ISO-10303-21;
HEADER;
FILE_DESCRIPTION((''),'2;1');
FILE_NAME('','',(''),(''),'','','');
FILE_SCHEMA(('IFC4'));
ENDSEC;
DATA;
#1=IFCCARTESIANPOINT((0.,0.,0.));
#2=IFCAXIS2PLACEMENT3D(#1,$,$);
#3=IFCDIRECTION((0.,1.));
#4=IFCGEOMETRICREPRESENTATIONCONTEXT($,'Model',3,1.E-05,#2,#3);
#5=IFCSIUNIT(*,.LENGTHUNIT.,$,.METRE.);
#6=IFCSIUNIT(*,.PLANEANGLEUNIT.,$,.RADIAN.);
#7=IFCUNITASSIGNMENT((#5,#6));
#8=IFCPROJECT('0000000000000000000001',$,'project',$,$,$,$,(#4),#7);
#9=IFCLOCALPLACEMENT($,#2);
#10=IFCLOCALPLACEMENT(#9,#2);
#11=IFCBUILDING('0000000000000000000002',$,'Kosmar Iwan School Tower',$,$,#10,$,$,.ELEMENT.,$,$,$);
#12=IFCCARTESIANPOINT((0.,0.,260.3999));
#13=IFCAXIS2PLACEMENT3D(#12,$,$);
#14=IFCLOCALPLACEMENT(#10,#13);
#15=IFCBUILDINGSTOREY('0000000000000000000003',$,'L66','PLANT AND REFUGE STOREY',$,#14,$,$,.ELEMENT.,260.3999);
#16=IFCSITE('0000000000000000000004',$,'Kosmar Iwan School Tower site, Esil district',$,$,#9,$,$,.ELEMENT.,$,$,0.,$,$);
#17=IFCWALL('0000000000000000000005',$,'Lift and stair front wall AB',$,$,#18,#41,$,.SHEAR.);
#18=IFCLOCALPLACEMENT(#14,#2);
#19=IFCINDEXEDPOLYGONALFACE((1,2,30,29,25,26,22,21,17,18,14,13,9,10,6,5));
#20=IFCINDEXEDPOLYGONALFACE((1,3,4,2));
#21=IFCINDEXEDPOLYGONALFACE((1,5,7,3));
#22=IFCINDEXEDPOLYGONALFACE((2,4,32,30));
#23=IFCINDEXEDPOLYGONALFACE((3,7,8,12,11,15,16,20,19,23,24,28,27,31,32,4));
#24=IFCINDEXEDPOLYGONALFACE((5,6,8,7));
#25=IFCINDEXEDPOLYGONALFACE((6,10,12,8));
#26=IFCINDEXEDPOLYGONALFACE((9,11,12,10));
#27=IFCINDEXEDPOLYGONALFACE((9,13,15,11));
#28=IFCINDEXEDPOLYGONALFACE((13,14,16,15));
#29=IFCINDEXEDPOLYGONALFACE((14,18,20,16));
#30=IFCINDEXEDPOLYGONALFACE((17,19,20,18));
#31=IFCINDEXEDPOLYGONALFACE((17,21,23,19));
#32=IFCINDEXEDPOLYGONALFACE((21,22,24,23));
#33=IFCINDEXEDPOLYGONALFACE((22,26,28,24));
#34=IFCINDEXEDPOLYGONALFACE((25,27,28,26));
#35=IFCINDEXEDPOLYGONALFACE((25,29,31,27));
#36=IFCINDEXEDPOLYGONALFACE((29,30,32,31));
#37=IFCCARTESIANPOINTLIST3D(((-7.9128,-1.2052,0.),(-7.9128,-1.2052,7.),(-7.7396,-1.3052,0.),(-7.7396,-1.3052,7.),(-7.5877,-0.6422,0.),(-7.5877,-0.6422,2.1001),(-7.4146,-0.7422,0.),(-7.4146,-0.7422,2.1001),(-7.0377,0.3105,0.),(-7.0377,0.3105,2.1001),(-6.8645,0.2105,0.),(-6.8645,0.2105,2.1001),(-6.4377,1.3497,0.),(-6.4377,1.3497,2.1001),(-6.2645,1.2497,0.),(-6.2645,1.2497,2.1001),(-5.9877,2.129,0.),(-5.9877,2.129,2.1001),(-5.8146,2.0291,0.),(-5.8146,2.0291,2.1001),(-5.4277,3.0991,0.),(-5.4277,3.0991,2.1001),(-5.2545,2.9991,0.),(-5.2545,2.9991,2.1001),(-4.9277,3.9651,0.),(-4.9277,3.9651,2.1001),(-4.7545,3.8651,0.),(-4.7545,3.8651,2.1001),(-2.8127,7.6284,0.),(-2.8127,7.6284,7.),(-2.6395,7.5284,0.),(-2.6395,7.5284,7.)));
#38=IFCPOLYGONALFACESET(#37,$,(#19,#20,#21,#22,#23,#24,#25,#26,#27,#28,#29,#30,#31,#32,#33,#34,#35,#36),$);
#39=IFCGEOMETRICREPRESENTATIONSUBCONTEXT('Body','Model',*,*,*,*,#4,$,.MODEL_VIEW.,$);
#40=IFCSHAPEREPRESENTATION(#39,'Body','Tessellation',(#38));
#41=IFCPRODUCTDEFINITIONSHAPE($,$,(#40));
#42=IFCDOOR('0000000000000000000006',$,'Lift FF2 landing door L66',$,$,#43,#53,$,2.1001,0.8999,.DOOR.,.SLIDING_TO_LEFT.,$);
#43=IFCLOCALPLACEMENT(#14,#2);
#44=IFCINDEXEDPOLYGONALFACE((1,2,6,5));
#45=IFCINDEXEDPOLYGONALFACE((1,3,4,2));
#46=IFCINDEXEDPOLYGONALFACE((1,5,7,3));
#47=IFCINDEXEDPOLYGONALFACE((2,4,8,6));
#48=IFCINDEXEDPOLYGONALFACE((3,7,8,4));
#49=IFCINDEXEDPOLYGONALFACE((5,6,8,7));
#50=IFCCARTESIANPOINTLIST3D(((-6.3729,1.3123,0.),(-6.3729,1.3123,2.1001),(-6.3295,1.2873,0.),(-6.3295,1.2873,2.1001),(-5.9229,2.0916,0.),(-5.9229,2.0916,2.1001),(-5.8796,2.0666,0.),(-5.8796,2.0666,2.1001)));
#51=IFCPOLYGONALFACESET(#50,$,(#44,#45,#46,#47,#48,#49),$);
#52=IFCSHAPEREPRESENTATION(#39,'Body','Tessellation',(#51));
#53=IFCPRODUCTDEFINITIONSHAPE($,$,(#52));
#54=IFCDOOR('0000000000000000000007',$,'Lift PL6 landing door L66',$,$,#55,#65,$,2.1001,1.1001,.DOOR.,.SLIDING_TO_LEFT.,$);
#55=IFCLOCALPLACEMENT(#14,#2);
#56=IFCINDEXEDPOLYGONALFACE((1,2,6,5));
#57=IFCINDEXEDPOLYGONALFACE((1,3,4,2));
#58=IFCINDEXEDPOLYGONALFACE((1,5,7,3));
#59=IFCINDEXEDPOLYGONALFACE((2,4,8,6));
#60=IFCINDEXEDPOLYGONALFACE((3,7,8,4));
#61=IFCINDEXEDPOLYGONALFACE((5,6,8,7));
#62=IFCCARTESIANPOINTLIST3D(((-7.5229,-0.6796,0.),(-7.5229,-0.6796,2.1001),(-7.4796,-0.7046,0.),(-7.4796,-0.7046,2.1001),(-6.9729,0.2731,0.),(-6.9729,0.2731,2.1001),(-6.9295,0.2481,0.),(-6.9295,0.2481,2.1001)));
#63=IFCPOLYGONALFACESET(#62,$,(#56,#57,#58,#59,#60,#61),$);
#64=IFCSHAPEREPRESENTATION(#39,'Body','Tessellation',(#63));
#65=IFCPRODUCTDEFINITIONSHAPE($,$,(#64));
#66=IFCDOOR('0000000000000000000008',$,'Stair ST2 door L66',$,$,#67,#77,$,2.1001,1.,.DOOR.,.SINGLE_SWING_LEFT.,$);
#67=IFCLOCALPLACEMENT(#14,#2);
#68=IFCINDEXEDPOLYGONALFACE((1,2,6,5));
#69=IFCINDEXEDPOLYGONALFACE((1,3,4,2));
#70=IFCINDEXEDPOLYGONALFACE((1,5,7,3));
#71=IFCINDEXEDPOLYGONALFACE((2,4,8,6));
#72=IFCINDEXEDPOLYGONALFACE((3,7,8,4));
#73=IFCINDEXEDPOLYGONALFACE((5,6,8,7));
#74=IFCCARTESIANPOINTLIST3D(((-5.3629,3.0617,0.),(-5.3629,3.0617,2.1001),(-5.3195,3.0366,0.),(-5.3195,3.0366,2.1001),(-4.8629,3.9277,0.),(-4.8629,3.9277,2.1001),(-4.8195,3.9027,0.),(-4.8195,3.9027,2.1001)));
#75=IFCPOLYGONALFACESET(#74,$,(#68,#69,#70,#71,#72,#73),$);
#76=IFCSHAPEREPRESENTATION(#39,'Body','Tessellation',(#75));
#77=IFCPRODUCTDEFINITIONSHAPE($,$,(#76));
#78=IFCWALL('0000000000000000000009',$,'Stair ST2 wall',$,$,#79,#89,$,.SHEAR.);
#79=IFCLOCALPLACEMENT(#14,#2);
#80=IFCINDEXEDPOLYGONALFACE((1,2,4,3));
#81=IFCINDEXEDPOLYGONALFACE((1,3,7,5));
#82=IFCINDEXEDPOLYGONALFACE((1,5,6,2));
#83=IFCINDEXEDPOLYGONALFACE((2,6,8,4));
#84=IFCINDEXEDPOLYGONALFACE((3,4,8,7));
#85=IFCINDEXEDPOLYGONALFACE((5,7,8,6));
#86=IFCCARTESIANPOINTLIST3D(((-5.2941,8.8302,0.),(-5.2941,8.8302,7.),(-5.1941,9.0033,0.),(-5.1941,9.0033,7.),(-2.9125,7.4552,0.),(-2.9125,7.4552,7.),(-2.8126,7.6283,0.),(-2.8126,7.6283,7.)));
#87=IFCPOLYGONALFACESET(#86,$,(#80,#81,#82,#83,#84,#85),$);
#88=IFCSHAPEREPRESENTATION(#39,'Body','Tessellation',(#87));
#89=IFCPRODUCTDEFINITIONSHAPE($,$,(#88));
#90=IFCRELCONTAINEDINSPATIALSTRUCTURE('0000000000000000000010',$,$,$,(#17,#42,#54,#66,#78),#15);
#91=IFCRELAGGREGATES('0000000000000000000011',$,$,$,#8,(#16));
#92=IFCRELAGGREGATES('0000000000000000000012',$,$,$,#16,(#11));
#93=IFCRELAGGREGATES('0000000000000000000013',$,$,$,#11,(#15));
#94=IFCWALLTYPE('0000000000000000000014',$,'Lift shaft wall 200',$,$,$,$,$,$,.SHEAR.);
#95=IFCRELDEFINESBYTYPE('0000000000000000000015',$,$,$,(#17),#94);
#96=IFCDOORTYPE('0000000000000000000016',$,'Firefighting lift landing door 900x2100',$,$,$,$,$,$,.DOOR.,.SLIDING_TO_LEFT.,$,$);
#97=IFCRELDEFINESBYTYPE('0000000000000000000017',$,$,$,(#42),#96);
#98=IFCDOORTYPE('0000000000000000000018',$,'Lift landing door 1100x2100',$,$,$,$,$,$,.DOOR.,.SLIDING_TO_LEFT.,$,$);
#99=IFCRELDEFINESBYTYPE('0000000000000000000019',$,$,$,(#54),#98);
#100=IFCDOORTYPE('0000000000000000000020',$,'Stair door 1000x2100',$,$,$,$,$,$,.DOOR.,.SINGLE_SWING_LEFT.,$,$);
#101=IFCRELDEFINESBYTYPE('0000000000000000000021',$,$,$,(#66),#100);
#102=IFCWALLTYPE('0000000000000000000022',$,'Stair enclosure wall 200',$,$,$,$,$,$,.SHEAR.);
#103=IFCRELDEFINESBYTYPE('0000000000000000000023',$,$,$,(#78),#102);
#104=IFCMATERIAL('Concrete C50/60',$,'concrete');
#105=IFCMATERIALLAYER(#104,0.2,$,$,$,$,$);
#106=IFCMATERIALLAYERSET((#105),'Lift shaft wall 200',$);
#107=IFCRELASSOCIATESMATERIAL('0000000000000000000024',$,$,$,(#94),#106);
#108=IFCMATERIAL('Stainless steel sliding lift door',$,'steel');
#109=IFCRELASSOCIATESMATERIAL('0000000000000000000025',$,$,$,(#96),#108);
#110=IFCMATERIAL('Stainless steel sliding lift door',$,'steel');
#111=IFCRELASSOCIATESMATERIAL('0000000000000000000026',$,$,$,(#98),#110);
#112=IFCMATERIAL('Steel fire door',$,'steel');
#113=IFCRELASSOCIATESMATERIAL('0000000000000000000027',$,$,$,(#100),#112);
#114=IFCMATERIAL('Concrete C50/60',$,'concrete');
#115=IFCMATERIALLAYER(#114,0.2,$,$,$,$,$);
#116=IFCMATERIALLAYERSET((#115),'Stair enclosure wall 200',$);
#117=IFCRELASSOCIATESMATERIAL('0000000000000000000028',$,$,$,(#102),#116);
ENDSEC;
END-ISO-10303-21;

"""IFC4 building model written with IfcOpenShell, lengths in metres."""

from ifc_helpers import new_model, si_unit, direction, frame, frame_2d, origin, place, context, subcontext, project, spatial, rectangle, extrude, material, layer, layer_set, type_object, element, fill, save


model = new_model("IFC4")

# Units and contexts
model_context = context("Model", 3, precision=1e-05, world=origin(), true_north=direction((0.0, 1.0)))
body_context = subcontext(model_context, "Body", "Model", "MODEL_VIEW")
ifc_project = project(units=[si_unit("LENGTHUNIT", "METRE"), si_unit("PLANEANGLEUNIT", "RADIAN")], contexts=[model_context])

# Site, building, storey
site_placement = place(None, origin())
site = spatial("IfcSite", under=ifc_project, at=site_placement, Name="Kosmar Iwan School Tower site, Esil district", CompositionType="ELEMENT", RefElevation=0.0)
building_placement = place(site_placement, origin())
building = spatial("IfcBuilding", under=site, at=building_placement, Name="Kosmar Iwan School Tower", CompositionType="ELEMENT")
storey_placement = place(building_placement, frame((0.0, 0.0, 260.3999)))
storey = spatial("IfcBuildingStorey", under=building, at=storey_placement, Name="L66", Description="PLANT AND REFUGE STOREY", CompositionType="ELEMENT", Elevation=260.3999)

# Wall, openings, doors
ifc_material_1 = material(Name="Concrete C50/60", Category="concrete")
ifc_layer_1 = layer(ifc_material_1, 0.2)
ifc_layer_set_1 = layer_set([ifc_layer_1], Name="Lift shaft wall 200")
wall_type_1 = type_object("IfcWallType", Name="Lift shaft wall 200", PredefinedType="SHEAR", material=ifc_layer_set_1)
wall_1_placement = place(storey_placement, frame((-2.7261, 7.5784, 0.0), z_axis=(0.0, 0.0, 1.0), x_axis=(-0.500006, -0.866022, 0.0)))
wall_1 = element("IfcWall", 1, at=wall_1_placement, inside=storey, type_object=wall_type_1, Name="Lift and stair front wall AB", PredefinedType="SHEAR", context=body_context, shape_type="SweptSolid", body=[
    extrude(rectangle(XDim=10.2002, YDim=0.2, at=frame_2d((5.1001, 0.0))), origin(), (0.0, 0.0, 1.0), 7.0),
])
opening_1_placement = place(wall_1_placement, frame((6.3501, 0.0, 0.0)))
opening_1 = element("IfcOpeningElement", 2, at=opening_1_placement, cuts=wall_1, PredefinedType="OPENING", context=body_context, shape_type="SweptSolid", body=[
    extrude(rectangle(XDim=0.8999, YDim=2.1001, at=frame_2d((0.45, 1.05))), frame((0.0, 0.1121, 0.0), z_axis=(0.0, -1.0, 0.0), x_axis=(1.0, 0.0, 0.0)), (0.0, 0.0, 1.0), 0.2239),
])
opening_2_placement = place(wall_1_placement, frame((8.45, 0.0, 0.0)))
opening_2 = element("IfcOpeningElement", 3, at=opening_2_placement, cuts=wall_1, PredefinedType="OPENING", context=body_context, shape_type="SweptSolid", body=[
    extrude(rectangle(XDim=1.1001, YDim=2.1001, at=frame_2d((0.55, 1.05))), frame((0.0, 0.1121, 0.0), z_axis=(0.0, -1.0, 0.0), x_axis=(1.0, 0.0, 0.0)), (0.0, 0.0, 1.0), 0.2239),
])
opening_3_placement = place(wall_1_placement, frame((4.23, 0.0, 0.0)))
opening_3 = element("IfcOpeningElement", 4, at=opening_3_placement, cuts=wall_1, PredefinedType="OPENING", context=body_context, shape_type="SweptSolid", body=[
    extrude(rectangle(XDim=1.0, YDim=2.1001, at=frame_2d((0.5, 1.05))), frame((0.0, 0.1121, 0.0), z_axis=(0.0, -1.0, 0.0), x_axis=(1.0, 0.0, 0.0)), (0.0, 0.0, 1.0), 0.2239),
])
ifc_material_2 = material(Name="Stainless steel sliding lift door", Category="steel")
door_type_1 = type_object("IfcDoorType", Name="Firefighting lift landing door 900x2100", OperationType="SLIDING_TO_LEFT", PredefinedType="DOOR", material=ifc_material_2)
door_1_placement = place(opening_1_placement, origin())
door_1 = element("IfcDoor", 5, at=door_1_placement, inside=storey, type_object=door_type_1, Name="Lift FF2 landing door L66", OperationType="SLIDING_TO_LEFT", OverallHeight=2.1001, OverallWidth=0.8999, PredefinedType="DOOR", context=body_context, shape_type="SweptSolid", body=[
    extrude(rectangle(XDim=0.8999, YDim=2.1001, at=frame_2d((0.45, 1.05))), frame((0.0, 0.0249, 0.0), z_axis=(0.0, -1.0, 0.0), x_axis=(1.0, 0.0, 0.0)), (0.0, 0.0, 1.0), 0.05),
])
fill(opening_1, door_1)
ifc_material_3 = material(Name="Stainless steel sliding lift door", Category="steel")
door_type_2 = type_object("IfcDoorType", Name="Lift landing door 1100x2100", OperationType="SLIDING_TO_LEFT", PredefinedType="DOOR", material=ifc_material_3)
door_2_placement = place(opening_2_placement, origin())
door_2 = element("IfcDoor", 6, at=door_2_placement, inside=storey, type_object=door_type_2, Name="Lift PL6 landing door L66", OperationType="SLIDING_TO_LEFT", OverallHeight=2.1001, OverallWidth=1.1001, PredefinedType="DOOR", context=body_context, shape_type="SweptSolid", body=[
    extrude(rectangle(XDim=1.1001, YDim=2.1001, at=frame_2d((0.55, 1.05))), frame((0.0, 0.0249, 0.0), z_axis=(0.0, -1.0, 0.0), x_axis=(1.0, 0.0, 0.0)), (0.0, 0.0, 1.0), 0.05),
])
fill(opening_2, door_2)
ifc_material_4 = material(Name="Steel fire door", Category="steel")
door_type_3 = type_object("IfcDoorType", Name="Stair door 1000x2100", OperationType="SINGLE_SWING_LEFT", PredefinedType="DOOR", material=ifc_material_4)
door_3_placement = place(opening_3_placement, origin())
door_3 = element("IfcDoor", 7, at=door_3_placement, inside=storey, type_object=door_type_3, Name="Stair ST2 door L66", OperationType="SINGLE_SWING_LEFT", OverallHeight=2.1001, OverallWidth=1.0, PredefinedType="DOOR", context=body_context, shape_type="SweptSolid", body=[
    extrude(rectangle(XDim=1.0, YDim=2.1001, at=frame_2d((0.5, 1.05))), frame((0.0, 0.0249, 0.0), z_axis=(0.0, -1.0, 0.0), x_axis=(1.0, 0.0, 0.0)), (0.0, 0.0, 1.0), 0.05),
])
fill(opening_3, door_3)

# Wall
ifc_material_5 = material(Name="Concrete C50/60", Category="concrete")
ifc_layer_2 = layer(ifc_material_5, 0.2)
ifc_layer_set_2 = layer_set([ifc_layer_2], Name="Stair enclosure wall 200")
wall_type_2 = type_object("IfcWallType", Name="Stair enclosure wall 200", PredefinedType="SHEAR", material=ifc_layer_set_2)
wall_2_placement = place(storey_placement, frame((-2.8625, 7.5417, 0.0), z_axis=(0.0, 0.0, 1.0), x_axis=(-0.866027, 0.499997, 0.0)))
element("IfcWall", 8, at=wall_2_placement, inside=storey, type_object=wall_type_2, Name="Stair ST2 wall", PredefinedType="SHEAR", context=body_context, shape_type="SweptSolid", body=[
    extrude(rectangle(XDim=2.75, YDim=0.2, at=frame_2d((1.375, 0.0))), origin(), (0.0, 0.0, 1.0), 7.0),
])

save(model, "model.ifc")
